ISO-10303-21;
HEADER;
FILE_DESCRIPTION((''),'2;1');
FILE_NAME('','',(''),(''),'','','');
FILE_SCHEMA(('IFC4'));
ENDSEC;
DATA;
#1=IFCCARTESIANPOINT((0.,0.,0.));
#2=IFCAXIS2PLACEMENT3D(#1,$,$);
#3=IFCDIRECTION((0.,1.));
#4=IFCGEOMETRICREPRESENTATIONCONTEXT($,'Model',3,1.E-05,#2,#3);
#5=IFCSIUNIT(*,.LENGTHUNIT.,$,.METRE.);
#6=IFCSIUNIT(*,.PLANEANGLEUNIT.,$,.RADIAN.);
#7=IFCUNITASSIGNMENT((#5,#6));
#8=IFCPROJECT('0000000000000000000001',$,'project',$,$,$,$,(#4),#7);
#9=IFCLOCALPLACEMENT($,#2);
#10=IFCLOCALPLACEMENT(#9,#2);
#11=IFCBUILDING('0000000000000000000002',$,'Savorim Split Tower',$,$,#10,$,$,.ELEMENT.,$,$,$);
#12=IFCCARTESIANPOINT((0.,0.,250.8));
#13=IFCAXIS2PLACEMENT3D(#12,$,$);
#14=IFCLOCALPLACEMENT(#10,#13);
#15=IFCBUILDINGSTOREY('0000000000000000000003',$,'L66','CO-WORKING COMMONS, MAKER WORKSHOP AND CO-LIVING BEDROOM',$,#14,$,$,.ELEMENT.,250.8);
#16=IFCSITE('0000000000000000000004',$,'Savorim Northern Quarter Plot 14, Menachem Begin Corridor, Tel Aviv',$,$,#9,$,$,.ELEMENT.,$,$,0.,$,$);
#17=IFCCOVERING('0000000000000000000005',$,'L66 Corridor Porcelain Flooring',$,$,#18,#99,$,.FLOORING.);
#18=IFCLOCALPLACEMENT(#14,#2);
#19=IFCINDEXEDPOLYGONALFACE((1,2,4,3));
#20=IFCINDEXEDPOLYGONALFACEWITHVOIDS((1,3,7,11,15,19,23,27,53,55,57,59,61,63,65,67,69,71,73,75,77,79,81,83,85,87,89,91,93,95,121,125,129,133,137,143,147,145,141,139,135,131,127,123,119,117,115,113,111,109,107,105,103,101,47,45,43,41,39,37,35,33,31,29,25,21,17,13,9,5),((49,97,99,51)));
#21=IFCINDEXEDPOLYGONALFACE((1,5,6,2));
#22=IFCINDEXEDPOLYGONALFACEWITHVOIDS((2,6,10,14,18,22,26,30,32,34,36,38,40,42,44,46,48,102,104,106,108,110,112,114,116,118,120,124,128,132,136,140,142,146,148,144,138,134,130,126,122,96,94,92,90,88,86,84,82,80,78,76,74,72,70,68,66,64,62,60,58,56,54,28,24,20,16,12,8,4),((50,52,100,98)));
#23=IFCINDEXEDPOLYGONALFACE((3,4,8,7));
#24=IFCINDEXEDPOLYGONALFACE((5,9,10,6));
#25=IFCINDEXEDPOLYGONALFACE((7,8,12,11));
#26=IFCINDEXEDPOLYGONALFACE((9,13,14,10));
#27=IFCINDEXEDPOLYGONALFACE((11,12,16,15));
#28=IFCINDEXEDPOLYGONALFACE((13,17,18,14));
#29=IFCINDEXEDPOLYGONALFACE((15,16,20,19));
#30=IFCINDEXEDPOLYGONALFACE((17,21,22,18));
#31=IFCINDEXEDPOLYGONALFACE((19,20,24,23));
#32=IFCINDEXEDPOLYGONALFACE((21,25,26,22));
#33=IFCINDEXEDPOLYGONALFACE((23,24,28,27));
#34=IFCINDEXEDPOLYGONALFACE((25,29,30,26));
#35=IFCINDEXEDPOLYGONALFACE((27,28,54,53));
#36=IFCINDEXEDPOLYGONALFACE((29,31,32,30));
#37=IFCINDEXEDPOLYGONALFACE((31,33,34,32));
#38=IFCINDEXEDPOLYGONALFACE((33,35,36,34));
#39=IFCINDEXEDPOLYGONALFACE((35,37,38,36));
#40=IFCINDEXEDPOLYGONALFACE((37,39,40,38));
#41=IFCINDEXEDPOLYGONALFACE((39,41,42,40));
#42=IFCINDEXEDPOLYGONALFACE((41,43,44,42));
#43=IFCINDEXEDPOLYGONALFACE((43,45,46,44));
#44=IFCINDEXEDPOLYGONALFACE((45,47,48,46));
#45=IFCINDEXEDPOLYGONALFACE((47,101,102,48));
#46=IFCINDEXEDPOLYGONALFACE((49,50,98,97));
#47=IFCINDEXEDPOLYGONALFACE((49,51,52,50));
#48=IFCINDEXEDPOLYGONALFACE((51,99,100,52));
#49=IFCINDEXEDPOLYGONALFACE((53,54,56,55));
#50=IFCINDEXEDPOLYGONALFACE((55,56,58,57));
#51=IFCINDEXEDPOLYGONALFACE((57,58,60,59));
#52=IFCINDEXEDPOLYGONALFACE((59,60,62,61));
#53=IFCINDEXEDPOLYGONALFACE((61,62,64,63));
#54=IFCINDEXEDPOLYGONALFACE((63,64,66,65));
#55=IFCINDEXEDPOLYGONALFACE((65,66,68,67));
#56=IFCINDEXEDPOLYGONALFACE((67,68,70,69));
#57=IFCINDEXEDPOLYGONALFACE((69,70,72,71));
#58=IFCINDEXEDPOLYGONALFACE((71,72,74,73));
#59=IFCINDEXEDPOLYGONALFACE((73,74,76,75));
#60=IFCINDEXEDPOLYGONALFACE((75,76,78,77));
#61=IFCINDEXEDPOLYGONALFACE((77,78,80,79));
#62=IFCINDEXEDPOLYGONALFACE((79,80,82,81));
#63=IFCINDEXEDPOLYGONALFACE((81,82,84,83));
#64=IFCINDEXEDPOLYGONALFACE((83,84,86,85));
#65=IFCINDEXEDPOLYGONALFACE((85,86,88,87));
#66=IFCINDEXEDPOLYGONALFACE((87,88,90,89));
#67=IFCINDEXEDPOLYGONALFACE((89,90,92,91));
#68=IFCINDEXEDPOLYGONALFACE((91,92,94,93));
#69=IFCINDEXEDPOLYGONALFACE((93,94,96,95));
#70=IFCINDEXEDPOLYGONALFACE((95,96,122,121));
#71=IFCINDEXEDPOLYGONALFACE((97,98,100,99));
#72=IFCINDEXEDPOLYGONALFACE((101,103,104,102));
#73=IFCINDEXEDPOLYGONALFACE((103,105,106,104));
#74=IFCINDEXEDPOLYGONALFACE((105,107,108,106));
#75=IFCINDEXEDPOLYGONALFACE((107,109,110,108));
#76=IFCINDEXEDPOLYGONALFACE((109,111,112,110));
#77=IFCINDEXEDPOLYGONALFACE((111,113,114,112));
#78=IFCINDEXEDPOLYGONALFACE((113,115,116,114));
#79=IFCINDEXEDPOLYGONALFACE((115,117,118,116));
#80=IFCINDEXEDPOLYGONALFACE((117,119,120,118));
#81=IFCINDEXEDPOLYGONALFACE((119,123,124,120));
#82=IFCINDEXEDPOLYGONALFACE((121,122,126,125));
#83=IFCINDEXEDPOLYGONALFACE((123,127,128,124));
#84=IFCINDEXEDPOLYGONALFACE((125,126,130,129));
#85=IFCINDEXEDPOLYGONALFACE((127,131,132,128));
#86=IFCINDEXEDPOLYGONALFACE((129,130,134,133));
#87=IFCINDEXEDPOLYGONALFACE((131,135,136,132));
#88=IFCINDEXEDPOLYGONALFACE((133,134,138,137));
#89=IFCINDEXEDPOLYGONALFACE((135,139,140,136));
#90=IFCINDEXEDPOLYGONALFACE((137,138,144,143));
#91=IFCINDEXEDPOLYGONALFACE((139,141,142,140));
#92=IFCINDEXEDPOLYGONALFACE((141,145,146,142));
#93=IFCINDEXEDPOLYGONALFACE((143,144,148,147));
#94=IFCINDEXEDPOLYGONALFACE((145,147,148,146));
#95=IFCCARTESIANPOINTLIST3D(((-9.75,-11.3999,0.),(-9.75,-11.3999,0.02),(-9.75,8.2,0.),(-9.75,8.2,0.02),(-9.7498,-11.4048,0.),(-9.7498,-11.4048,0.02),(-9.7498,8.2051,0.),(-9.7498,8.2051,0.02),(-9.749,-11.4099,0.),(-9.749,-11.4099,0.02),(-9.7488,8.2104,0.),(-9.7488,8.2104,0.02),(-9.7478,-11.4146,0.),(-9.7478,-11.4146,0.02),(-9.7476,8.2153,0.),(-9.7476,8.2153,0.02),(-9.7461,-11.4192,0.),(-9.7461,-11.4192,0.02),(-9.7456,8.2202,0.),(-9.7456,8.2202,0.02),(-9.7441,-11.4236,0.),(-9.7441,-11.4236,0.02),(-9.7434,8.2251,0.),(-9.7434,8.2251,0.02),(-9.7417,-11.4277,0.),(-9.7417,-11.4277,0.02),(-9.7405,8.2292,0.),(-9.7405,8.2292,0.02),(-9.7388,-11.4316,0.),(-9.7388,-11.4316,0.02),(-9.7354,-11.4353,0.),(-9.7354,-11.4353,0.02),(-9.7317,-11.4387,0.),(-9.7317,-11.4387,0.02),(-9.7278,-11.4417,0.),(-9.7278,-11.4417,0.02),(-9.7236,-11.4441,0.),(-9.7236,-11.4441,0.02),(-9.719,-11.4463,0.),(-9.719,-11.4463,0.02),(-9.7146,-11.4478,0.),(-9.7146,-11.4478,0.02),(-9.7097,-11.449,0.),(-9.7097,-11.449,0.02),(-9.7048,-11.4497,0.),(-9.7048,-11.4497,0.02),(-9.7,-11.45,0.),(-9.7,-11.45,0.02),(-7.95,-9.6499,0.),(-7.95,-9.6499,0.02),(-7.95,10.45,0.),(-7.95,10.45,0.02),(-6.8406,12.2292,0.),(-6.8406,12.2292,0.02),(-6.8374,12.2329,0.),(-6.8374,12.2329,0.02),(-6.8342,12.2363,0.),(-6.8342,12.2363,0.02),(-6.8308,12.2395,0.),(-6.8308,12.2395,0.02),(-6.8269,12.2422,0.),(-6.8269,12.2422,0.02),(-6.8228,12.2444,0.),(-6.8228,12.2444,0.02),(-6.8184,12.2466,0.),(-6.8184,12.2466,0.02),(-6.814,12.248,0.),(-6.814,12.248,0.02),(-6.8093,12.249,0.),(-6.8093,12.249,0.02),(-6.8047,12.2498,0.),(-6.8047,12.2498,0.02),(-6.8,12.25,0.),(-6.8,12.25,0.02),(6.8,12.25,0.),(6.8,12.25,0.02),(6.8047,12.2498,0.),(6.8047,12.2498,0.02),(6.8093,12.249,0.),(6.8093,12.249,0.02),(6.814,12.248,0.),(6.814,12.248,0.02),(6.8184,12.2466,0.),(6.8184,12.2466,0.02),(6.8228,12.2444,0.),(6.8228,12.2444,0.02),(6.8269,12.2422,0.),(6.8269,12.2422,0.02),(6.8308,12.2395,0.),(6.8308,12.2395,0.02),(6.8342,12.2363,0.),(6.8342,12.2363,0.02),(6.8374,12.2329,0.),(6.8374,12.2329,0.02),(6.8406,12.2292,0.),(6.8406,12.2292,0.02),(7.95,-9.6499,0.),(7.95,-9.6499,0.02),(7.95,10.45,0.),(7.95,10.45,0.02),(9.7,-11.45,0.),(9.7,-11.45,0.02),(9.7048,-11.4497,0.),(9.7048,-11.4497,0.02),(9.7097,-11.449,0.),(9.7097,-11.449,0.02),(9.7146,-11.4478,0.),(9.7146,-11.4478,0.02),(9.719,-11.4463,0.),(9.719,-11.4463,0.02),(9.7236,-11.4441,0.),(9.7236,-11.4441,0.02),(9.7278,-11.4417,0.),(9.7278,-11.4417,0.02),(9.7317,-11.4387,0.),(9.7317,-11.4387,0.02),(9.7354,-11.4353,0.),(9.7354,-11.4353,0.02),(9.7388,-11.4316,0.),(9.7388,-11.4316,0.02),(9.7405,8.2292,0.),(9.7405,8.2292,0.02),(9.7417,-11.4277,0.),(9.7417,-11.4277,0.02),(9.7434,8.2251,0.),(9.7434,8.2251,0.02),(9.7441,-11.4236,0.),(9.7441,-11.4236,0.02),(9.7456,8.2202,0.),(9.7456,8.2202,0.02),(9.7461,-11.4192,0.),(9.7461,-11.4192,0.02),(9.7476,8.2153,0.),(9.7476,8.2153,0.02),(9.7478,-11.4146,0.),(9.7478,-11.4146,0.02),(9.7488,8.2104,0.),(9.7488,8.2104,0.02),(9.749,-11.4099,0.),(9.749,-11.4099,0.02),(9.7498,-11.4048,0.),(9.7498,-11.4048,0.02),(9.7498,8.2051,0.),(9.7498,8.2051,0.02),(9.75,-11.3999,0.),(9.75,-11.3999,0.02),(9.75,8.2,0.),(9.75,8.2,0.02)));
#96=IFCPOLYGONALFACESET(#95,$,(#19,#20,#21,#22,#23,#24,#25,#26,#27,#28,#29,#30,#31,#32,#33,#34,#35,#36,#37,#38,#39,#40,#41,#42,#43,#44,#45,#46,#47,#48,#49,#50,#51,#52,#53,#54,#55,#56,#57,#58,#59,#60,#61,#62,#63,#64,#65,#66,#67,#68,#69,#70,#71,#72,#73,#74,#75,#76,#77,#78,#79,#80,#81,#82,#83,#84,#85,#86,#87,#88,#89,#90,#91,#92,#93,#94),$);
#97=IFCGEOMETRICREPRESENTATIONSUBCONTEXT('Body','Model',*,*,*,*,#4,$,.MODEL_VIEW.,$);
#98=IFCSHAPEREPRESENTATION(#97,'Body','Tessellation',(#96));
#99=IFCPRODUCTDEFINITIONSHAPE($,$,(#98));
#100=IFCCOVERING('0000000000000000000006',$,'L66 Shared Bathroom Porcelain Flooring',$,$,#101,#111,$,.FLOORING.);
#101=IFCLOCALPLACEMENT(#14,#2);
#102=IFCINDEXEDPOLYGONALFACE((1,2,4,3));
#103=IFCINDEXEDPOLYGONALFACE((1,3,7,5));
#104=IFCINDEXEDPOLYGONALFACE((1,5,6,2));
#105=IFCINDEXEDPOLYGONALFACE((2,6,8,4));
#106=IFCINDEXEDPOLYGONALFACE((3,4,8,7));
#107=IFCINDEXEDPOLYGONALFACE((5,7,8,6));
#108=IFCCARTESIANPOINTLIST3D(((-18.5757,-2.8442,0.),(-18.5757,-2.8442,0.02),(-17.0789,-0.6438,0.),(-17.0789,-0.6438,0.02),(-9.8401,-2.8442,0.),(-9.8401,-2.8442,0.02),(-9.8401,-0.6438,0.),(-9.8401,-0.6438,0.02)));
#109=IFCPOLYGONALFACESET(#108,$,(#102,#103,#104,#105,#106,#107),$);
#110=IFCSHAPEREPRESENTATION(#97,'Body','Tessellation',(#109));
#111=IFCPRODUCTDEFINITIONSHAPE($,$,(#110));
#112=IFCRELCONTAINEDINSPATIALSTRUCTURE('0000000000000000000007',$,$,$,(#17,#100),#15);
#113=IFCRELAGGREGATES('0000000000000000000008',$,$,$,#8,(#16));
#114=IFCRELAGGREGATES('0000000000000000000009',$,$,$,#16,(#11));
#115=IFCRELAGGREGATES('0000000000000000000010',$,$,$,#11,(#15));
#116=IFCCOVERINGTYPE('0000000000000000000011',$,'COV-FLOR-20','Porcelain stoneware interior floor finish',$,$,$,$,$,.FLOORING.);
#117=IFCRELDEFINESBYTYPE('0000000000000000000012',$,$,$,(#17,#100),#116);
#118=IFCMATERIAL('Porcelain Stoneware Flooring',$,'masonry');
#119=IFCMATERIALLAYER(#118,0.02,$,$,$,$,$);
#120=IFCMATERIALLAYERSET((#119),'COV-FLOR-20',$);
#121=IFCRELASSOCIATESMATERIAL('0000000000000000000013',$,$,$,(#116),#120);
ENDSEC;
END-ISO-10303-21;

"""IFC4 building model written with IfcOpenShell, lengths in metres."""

from ifc_helpers import new_model, si_unit, direction, frame, origin, place, context, subcontext, project, spatial, polyline, outline, extrude, material, layer, layer_set, type_object, element, save


model = new_model("IFC4")

# Units and contexts
model_context = context("Model", 3, precision=1e-05, world=origin(), true_north=direction((0.0, 1.0)))
body_context = subcontext(model_context, "Body", "Model", "MODEL_VIEW")
ifc_project = project(units=[si_unit("LENGTHUNIT", "METRE"), si_unit("PLANEANGLEUNIT", "RADIAN")], contexts=[model_context])

# Site, building, storey
site_placement = place(None, origin())
site = spatial("IfcSite", under=ifc_project, at=site_placement, Name="Savorim Northern Quarter Plot 14, Menachem Begin Corridor, Tel Aviv", CompositionType="ELEMENT", RefElevation=0.0)
building_placement = place(site_placement, origin())
building = spatial("IfcBuilding", under=site, at=building_placement, Name="Savorim Split Tower", CompositionType="ELEMENT")
storey_placement = place(building_placement, frame((0.0, 0.0, 250.8)))
storey = spatial("IfcBuildingStorey", under=building, at=storey_placement, Name="L66", Description="CO-WORKING COMMONS, MAKER WORKSHOP AND CO-LIVING BEDROOM", CompositionType="ELEMENT", Elevation=250.8)

# Coverings
ifc_material_1 = material(Name="Porcelain Stoneware Flooring", Category="masonry")
ifc_layer_1 = layer(ifc_material_1, 0.02)
ifc_layer_set_1 = layer_set([ifc_layer_1], Name="COV-FLOR-20")
covering_type_1 = type_object("IfcCoveringType", Name="COV-FLOR-20", Description="Porcelain stoneware interior floor finish", PredefinedType="FLOORING", material=ifc_layer_set_1)
covering_1_placement = place(storey_placement, origin())
element("IfcCovering", 1, at=covering_1_placement, inside=storey, type_object=covering_type_1, Name="L66 Corridor Porcelain Flooring", PredefinedType="FLOORING", context=body_context, shape_type="SweptSolid", body=[
    extrude(outline(polyline([(6.8093, 12.249), (6.8047, 12.2498), (6.8, 12.25), (-6.8, 12.25), (-6.8047, 12.2498), (-6.8093, 12.249), (-6.814, 12.248), (-6.8184, 12.2466), (-6.8228, 12.2444), (-6.8269, 12.2422), (-6.8308, 12.2395), (-6.8342, 12.2363), (-6.8374, 12.2329), (-6.8406, 12.2292), (-9.7405, 8.2292), (-9.7434, 8.2251), (-9.7456, 8.2202), (-9.7476, 8.2153), (-9.7488, 8.2104), (-9.7498, 8.2051), (-9.75, 8.2), (-9.75, -11.3999), (-9.7498, -11.4048), (-9.749, -11.4099), (-9.7478, -11.4146), (-9.7461, -11.4192), (-9.7441, -11.4236), (-9.7417, -11.4277), (-9.7388, -11.4316), (-9.7354, -11.4353), (-9.7317, -11.4387), (-9.7278, -11.4417), (-9.7236, -11.4441), (-9.719, -11.4463), (-9.7146, -11.4478), (-9.7097, -11.449), (-9.7048, -11.4497), (-9.7, -11.45), (9.7, -11.45), (9.7048, -11.4497), (9.7097, -11.449), (9.7146, -11.4478), (9.719, -11.4463), (9.7236, -11.4441), (9.7278, -11.4417), (9.7317, -11.4387), (9.7354, -11.4353), (9.7388, -11.4316), (9.7417, -11.4277), (9.7441, -11.4236), (9.7461, -11.4192), (9.7478, -11.4146), (9.749, -11.4099), (9.7498, -11.4048), (9.75, -11.3999), (9.75, 8.2), (9.7498, 8.2051), (9.7488, 8.2104), (9.7476, 8.2153), (9.7456, 8.2202), (9.7434, 8.2251), (9.7405, 8.2292), (6.8406, 12.2292), (6.8374, 12.2329), (6.8342, 12.2363), (6.8308, 12.2395), (6.8269, 12.2422), (6.8228, 12.2444), (6.8184, 12.2466), (6.814, 12.248), (6.8093, 12.249)]), holes=[polyline([(-7.95, 10.45), (-7.95, -9.6499), (7.95, -9.6499), (7.95, 10.45), (-7.95, 10.45)])]), origin(), (0.0, 0.0, 1.0), 0.02),
])
covering_2_placement = place(storey_placement, origin())
element("IfcCovering", 2, at=covering_2_placement, inside=storey, type_object=covering_type_1, Name="L66 Shared Bathroom Porcelain Flooring", PredefinedType="FLOORING", context=body_context, shape_type="SweptSolid", body=[
    extrude(outline(polyline([(-17.0789, -0.6438), (-18.5757, -2.8442), (-9.8401, -2.8442), (-9.8401, -0.6438), (-17.0789, -0.6438)])), origin(), (0.0, 0.0, 1.0), 0.02),
])

save(model, "model.ifc")
